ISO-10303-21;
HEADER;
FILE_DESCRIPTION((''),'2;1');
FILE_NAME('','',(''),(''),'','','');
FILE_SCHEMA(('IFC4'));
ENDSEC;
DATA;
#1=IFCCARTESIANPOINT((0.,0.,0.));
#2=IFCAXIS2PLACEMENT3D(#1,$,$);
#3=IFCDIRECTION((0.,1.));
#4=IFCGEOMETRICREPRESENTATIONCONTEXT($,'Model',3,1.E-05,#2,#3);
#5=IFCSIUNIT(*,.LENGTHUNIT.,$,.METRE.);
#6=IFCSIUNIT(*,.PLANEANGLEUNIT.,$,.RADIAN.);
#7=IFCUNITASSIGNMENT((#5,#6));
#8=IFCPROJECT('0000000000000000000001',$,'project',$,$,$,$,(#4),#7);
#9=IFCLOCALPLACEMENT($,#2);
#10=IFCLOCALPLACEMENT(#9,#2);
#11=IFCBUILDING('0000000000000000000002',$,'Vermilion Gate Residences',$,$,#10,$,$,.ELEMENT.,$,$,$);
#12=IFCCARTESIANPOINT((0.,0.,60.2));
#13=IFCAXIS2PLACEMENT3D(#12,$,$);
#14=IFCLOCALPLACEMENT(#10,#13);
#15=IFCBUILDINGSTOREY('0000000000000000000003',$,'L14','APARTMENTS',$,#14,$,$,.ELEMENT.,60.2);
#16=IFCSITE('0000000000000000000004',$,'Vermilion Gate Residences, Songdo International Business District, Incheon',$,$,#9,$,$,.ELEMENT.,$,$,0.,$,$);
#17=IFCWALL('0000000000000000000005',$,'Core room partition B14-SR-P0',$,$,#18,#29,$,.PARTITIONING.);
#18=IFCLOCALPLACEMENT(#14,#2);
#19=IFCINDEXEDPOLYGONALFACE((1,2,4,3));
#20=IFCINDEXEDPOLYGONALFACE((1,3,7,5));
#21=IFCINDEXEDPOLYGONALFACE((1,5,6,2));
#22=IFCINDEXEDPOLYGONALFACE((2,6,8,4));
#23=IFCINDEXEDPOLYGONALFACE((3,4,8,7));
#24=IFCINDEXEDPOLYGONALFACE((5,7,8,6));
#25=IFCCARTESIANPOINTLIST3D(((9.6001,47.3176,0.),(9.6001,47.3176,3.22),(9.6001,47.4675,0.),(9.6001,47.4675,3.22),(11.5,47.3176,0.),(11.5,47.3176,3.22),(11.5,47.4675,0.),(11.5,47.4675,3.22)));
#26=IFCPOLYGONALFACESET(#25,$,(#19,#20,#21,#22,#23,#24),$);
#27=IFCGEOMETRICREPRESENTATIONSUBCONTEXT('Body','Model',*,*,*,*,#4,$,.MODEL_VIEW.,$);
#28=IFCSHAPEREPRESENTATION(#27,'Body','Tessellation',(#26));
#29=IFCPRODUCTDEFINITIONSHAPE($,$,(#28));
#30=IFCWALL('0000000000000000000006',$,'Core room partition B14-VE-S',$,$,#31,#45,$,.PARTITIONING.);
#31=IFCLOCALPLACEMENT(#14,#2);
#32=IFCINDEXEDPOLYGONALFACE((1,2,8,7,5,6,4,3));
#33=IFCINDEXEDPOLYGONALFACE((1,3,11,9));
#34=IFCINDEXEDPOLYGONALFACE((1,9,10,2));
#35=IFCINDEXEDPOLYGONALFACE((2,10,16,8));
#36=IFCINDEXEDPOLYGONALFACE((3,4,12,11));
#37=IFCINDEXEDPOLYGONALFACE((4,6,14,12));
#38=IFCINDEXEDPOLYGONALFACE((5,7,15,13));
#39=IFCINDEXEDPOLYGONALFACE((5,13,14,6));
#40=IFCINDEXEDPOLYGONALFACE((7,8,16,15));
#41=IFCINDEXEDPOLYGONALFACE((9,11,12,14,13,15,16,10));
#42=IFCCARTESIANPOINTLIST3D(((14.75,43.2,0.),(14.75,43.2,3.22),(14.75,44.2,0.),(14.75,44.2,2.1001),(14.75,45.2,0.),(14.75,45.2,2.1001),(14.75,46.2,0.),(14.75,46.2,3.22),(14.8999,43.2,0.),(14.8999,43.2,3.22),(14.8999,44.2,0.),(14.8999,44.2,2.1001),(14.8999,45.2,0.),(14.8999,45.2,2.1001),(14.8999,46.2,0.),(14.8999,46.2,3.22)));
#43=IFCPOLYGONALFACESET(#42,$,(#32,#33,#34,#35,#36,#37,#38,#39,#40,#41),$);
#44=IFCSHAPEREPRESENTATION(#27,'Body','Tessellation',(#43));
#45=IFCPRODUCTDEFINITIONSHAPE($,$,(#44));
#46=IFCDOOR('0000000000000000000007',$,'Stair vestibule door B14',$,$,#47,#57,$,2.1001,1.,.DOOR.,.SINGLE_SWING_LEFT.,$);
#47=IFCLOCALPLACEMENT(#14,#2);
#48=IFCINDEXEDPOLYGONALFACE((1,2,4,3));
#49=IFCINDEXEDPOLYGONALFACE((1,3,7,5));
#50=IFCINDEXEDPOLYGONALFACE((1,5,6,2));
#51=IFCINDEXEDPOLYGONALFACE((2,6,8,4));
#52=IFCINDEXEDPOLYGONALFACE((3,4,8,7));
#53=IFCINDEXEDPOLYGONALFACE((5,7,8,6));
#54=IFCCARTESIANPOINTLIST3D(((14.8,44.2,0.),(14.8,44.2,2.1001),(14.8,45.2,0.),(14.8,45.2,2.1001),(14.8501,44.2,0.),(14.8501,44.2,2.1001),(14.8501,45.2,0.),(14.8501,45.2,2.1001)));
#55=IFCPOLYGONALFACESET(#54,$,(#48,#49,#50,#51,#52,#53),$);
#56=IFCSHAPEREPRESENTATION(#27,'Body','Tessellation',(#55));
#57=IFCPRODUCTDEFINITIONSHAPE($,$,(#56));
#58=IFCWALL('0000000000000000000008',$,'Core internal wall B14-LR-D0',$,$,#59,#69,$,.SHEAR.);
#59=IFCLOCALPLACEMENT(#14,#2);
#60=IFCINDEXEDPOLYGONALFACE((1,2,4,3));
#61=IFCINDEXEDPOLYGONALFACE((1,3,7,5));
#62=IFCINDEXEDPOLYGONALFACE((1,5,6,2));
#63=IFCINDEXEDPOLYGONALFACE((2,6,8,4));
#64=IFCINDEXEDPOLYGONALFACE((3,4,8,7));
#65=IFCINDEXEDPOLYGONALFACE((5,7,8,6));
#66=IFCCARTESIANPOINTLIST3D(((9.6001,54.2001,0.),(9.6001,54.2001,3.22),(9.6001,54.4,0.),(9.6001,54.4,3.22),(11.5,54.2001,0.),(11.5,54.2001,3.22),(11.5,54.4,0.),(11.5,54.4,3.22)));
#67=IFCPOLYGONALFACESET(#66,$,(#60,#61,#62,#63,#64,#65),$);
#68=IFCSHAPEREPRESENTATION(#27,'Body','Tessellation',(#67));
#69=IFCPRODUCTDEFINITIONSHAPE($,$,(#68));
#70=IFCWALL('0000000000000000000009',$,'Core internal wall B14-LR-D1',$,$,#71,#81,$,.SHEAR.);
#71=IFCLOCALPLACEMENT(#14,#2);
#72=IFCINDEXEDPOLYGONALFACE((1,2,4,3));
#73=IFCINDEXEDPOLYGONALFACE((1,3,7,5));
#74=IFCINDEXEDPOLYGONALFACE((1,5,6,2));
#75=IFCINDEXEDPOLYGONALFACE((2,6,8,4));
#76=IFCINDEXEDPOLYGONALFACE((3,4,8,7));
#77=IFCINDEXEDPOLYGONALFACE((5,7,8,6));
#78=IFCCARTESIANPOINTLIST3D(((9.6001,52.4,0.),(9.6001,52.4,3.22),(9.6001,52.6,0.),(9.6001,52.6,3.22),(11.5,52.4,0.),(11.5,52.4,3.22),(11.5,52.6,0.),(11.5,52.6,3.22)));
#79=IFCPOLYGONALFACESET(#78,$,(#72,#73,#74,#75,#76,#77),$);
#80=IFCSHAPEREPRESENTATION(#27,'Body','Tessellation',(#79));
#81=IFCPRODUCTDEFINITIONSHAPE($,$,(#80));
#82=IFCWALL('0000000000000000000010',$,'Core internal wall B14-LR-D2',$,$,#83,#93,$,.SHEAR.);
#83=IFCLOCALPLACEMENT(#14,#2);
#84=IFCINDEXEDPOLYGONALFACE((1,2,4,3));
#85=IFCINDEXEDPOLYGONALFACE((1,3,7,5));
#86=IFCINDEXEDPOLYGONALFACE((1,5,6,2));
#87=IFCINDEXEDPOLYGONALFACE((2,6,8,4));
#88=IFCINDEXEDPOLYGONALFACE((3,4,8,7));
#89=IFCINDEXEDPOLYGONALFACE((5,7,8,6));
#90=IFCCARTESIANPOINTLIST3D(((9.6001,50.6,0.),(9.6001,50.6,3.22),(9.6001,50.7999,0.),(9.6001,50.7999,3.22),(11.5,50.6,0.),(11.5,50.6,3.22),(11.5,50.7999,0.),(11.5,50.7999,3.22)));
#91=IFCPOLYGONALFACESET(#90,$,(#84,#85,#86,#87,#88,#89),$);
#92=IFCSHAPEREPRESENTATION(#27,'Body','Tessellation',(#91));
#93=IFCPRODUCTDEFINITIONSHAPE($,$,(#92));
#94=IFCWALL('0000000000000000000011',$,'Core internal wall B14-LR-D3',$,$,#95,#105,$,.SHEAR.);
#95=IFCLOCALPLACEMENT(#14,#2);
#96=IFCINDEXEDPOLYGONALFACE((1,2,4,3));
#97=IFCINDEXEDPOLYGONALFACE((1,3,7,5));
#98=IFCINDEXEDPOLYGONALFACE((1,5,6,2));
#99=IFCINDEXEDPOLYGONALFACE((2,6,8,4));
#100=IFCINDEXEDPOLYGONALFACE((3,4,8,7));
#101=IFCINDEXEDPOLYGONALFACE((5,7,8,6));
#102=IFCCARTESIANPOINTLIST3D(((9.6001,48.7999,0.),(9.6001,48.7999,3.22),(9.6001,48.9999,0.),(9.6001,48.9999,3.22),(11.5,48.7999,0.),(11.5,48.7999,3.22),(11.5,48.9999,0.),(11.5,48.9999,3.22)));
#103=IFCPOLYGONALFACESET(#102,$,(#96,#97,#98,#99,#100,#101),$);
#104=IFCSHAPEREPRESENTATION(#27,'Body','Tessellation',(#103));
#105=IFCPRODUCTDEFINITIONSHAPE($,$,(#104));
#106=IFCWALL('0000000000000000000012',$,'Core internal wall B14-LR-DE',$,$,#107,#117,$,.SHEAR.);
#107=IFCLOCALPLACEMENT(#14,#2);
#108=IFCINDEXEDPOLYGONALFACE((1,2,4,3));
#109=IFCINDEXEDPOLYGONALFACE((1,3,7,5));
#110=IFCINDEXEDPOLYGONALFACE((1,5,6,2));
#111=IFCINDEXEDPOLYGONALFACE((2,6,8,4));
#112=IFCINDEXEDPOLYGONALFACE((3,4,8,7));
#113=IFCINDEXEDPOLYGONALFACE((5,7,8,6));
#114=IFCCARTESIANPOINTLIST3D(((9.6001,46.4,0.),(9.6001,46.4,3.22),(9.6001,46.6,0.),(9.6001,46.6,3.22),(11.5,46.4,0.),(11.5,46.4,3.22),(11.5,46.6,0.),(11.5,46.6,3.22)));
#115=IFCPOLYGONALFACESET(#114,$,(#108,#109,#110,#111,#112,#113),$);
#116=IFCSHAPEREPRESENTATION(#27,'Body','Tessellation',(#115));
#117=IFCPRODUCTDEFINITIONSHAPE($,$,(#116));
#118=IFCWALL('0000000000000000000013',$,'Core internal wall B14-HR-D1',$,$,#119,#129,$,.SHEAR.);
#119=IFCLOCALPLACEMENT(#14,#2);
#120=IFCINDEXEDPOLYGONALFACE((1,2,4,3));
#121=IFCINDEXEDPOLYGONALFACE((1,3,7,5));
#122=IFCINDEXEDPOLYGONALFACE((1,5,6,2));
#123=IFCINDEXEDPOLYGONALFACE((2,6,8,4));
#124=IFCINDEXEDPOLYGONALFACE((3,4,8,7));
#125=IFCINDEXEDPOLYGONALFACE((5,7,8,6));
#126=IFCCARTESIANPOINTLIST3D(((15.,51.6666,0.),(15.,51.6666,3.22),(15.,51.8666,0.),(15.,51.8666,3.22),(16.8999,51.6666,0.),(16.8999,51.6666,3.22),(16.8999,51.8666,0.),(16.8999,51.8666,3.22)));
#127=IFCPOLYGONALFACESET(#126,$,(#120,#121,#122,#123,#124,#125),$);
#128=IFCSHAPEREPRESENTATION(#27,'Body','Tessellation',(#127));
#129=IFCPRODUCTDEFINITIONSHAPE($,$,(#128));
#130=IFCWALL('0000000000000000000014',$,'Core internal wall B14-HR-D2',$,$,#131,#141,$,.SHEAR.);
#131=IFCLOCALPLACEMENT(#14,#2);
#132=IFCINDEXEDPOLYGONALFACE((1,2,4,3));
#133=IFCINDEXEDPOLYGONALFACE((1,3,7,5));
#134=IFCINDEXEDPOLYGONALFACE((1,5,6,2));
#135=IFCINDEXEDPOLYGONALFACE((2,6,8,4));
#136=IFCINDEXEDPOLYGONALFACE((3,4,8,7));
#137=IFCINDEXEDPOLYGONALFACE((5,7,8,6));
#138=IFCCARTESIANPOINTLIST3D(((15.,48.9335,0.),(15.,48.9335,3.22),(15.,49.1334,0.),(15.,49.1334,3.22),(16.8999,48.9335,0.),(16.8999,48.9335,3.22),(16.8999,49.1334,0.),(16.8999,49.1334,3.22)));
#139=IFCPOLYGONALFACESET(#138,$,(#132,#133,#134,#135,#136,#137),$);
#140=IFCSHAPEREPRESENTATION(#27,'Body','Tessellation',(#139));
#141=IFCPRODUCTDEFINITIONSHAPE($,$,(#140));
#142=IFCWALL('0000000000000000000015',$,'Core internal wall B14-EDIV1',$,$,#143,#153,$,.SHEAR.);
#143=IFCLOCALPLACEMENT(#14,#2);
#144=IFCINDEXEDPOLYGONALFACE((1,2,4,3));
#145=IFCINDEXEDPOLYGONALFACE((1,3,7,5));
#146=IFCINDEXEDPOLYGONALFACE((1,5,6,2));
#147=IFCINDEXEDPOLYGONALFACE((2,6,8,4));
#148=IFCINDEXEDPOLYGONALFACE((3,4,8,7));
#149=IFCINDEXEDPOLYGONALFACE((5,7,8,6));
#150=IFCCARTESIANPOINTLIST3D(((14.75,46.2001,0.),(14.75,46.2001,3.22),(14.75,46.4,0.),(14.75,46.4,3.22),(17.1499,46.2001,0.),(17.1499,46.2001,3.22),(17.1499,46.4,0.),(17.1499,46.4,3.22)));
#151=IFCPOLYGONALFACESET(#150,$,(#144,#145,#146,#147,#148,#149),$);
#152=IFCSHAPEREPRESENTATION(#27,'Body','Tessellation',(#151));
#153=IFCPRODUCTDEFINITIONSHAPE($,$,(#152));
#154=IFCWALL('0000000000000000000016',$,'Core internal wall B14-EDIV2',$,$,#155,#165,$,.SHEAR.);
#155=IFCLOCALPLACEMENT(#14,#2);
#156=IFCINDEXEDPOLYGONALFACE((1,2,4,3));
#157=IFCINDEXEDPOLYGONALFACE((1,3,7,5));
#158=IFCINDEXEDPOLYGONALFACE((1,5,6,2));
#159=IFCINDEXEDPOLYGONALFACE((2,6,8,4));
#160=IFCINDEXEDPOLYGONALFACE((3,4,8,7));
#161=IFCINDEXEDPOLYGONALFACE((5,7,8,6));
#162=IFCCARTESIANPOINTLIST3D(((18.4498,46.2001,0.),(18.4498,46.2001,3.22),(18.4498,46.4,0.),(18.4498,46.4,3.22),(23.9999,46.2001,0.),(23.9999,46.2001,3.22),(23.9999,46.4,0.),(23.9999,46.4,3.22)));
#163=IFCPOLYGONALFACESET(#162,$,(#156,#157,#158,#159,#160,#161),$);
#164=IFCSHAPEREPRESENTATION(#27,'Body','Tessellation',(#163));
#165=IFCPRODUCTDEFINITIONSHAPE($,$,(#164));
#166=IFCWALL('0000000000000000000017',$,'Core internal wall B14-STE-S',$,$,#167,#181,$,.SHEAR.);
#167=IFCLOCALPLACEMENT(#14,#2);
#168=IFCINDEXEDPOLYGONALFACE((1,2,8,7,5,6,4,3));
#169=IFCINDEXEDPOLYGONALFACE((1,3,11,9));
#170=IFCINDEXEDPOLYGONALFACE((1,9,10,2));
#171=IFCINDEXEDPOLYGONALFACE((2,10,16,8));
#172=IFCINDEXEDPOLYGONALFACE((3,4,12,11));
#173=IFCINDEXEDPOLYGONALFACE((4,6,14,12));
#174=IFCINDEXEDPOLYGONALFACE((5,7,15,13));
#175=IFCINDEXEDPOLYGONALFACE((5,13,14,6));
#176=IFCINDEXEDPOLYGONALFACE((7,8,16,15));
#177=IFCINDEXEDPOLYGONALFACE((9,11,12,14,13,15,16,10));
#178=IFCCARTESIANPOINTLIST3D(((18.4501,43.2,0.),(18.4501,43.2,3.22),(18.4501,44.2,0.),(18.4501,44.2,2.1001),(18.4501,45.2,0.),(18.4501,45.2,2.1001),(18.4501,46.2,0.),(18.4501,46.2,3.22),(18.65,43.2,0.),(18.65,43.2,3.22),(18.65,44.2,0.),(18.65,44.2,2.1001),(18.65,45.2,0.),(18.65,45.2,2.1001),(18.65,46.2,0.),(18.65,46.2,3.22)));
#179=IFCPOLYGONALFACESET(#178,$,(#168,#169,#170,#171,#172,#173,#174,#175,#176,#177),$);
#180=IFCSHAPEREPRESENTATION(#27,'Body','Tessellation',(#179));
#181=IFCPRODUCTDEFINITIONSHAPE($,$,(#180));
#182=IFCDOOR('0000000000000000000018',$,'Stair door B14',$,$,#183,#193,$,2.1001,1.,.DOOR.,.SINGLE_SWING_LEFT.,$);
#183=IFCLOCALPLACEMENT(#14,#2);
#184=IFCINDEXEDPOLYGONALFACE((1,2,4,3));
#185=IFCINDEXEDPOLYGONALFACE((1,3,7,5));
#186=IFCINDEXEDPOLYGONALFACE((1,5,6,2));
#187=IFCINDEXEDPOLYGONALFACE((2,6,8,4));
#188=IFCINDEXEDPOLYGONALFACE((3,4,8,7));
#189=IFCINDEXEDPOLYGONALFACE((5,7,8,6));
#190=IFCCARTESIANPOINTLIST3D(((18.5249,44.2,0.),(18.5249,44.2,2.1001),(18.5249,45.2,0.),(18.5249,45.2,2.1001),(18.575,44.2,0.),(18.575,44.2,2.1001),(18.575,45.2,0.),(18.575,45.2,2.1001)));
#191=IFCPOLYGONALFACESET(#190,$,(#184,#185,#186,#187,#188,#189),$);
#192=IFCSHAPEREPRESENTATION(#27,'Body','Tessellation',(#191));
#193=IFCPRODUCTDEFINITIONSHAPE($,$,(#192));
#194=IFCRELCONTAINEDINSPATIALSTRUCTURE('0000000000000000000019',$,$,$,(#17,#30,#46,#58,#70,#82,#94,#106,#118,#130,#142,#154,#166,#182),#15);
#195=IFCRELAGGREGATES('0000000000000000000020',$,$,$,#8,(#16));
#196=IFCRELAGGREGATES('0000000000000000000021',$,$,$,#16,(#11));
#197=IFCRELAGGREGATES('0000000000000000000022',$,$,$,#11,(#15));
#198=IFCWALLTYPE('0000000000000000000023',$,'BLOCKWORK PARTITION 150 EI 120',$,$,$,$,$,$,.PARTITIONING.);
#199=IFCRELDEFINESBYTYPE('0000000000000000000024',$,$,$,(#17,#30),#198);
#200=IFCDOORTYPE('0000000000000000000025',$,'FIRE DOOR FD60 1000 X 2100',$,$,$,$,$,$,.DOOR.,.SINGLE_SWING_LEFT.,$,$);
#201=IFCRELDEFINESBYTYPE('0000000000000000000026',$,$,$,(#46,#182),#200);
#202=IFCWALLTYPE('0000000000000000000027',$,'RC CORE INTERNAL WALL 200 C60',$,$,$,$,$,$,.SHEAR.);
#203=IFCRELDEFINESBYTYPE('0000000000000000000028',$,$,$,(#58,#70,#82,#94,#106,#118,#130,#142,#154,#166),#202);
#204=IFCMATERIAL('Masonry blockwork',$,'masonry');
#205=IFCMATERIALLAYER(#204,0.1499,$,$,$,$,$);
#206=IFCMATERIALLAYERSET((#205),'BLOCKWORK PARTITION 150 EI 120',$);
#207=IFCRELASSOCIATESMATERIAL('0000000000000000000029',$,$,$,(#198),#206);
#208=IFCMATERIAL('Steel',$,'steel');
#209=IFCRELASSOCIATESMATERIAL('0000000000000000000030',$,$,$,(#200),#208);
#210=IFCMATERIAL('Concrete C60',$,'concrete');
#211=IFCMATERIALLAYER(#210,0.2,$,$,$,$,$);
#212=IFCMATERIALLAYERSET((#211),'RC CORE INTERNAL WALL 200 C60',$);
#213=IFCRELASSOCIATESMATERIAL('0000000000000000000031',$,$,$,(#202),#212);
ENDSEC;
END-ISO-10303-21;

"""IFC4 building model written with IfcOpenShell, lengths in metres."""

from ifc_helpers import new_model, si_unit, direction, frame, frame_2d, origin, place, context, subcontext, project, spatial, rectangle, extrude, material, layer, layer_set, type_object, element, fill, save


model = new_model("IFC4")

# Units and contexts
model_context = context("Model", 3, precision=1e-05, world=origin(), true_north=direction((0.0, 1.0)))
body_context = subcontext(model_context, "Body", "Model", "MODEL_VIEW")
ifc_project = project(units=[si_unit("LENGTHUNIT", "METRE"), si_unit("PLANEANGLEUNIT", "RADIAN")], contexts=[model_context])

# Site, building, storey
site_placement = place(None, origin())
site = spatial("IfcSite", under=ifc_project, at=site_placement, Name="Vermilion Gate Residences, Songdo International Business District, Incheon", CompositionType="ELEMENT", RefElevation=0.0)
building_placement = place(site_placement, origin())
building = spatial("IfcBuilding", under=site, at=building_placement, Name="Vermilion Gate Residences", CompositionType="ELEMENT")
storey_placement = place(building_placement, frame((0.0, 0.0, 60.2)))
storey = spatial("IfcBuildingStorey", under=building, at=storey_placement, Name="L14", Description="APARTMENTS", CompositionType="ELEMENT", Elevation=60.2)

# Wall
ifc_material_1 = material(Name="Masonry blockwork", Category="masonry")
ifc_layer_1 = layer(ifc_material_1, 0.1499)
ifc_layer_set_1 = layer_set([ifc_layer_1], Name="BLOCKWORK PARTITION 150 EI 120")
wall_type_1 = type_object("IfcWallType", Name="BLOCKWORK PARTITION 150 EI 120", PredefinedType="PARTITIONING", material=ifc_layer_set_1)
wall_1_placement = place(storey_placement, frame((9.6001, 47.3926, 0.0), z_axis=(0.0, 0.0, 1.0), x_axis=(1.0, 0.0, 0.0)))
element("IfcWall", 1, at=wall_1_placement, inside=storey, type_object=wall_type_1, Name="Core room partition B14-SR-P0", PredefinedType="PARTITIONING", context=body_context, shape_type="SweptSolid", body=[
    extrude(rectangle(XDim=1.8999, YDim=0.1499, at=frame_2d((0.95, 0.0))), origin(), (0.0, 0.0, 1.0), 3.22),
])

# Wall, opening, door
wall_2_placement = place(storey_placement, frame((14.825, 46.2, 0.0), z_axis=(0.0, 0.0, 1.0), x_axis=(0.0, -1.0, 0.0)))
wall_2 = element("IfcWall", 2, at=wall_2_placement, inside=storey, type_object=wall_type_1, Name="Core room partition B14-VE-S", PredefinedType="PARTITIONING", context=body_context, shape_type="SweptSolid", body=[
    extrude(rectangle(XDim=3.0, YDim=0.1499, at=frame_2d((1.5, 0.0))), origin(), (0.0, 0.0, 1.0), 3.22),
])
opening_1_placement = place(wall_2_placement, frame((1.0, 0.0, 0.0)))
opening_1 = element("IfcOpeningElement", 3, at=opening_1_placement, cuts=wall_2, PredefinedType="OPENING", context=body_context, shape_type="SweptSolid", body=[
    extrude(rectangle(XDim=1.0, YDim=2.1001, at=frame_2d((0.5, 1.05))), frame((0.0, 0.085, 0.0), z_axis=(0.0, -1.0, 0.0), x_axis=(1.0, 0.0, 0.0)), (0.0, 0.0, 1.0), 0.1699),
])
ifc_material_2 = material(Name="Steel", Category="steel")
door_type_1 = type_object("IfcDoorType", Name="FIRE DOOR FD60 1000 X 2100", OperationType="SINGLE_SWING_LEFT", PredefinedType="DOOR", material=ifc_material_2)
door_1_placement = place(opening_1_placement, frame((1.0, 0.0, 0.0), z_axis=(0.0, 0.0, 1.0), x_axis=(-1.0, 0.0, 0.0)))
door_1 = element("IfcDoor", 4, at=door_1_placement, inside=storey, type_object=door_type_1, Name="Stair vestibule door B14", OperationType="SINGLE_SWING_LEFT", OverallHeight=2.1001, OverallWidth=1.0, PredefinedType="DOOR", context=body_context, shape_type="SweptSolid", body=[
    extrude(rectangle(XDim=1.0, YDim=2.1001, at=frame_2d((0.5, 1.05))), frame((0.0, 0.0249, 0.0), z_axis=(0.0, -1.0, 0.0), x_axis=(1.0, 0.0, 0.0)), (0.0, 0.0, 1.0), 0.05),
])
fill(opening_1, door_1)

# Walls
ifc_material_3 = material(Name="Concrete C60", Category="concrete")
ifc_layer_2 = layer(ifc_material_3, 0.2)
ifc_layer_set_2 = layer_set([ifc_layer_2], Name="RC CORE INTERNAL WALL 200 C60")
wall_type_2 = type_object("IfcWallType", Name="RC CORE INTERNAL WALL 200 C60", PredefinedType="SHEAR", material=ifc_layer_set_2)
for number, where, z_axis, x_axis, name in (
    (5, (9.6001, 54.3, 0.0), (0.0, 0.0, 1.0), (1.0, 0.0, 0.0), "Core internal wall B14-LR-D0"),
    (6, (9.6001, 52.5, 0.0), (0.0, 0.0, 1.0), (1.0, 0.0, 0.0), "Core internal wall B14-LR-D1"),
    (7, (9.6001, 50.7, 0.0), (0.0, 0.0, 1.0), (1.0, 0.0, 0.0), "Core internal wall B14-LR-D2"),
    (8, (9.6001, 48.8999, 0.0), (0.0, 0.0, 1.0), (1.0, 0.0, 0.0), "Core internal wall B14-LR-D3"),
    (9, (9.6001, 46.5, 0.0), (0.0, 0.0, 1.0), (1.0, 0.0, 0.0), "Core internal wall B14-LR-DE"),
    (10, (15.0, 51.7666, 0.0), (0.0, 0.0, 1.0), (1.0, 0.0, 0.0), "Core internal wall B14-HR-D1"),
    (11, (15.0, 49.0334, 0.0), (0.0, 0.0, 1.0), (1.0, 0.0, 0.0), "Core internal wall B14-HR-D2"),
):
    element("IfcWall", number, at=place(storey_placement, frame(where, z_axis=z_axis, x_axis=x_axis)), inside=storey, type_object=wall_type_2, Name=name, PredefinedType="SHEAR", context=body_context, shape_type="SweptSolid", body=[
        extrude(rectangle(XDim=1.8999, YDim=0.2, at=frame_2d((0.95, 0.0))), origin(), (0.0, 0.0, 1.0), 3.22),
    ])
wall_3_placement = place(storey_placement, frame((14.75, 46.3, 0.0), z_axis=(0.0, 0.0, 1.0), x_axis=(1.0, 0.0, 0.0)))
element("IfcWall", 12, at=wall_3_placement, inside=storey, type_object=wall_type_2, Name="Core internal wall B14-EDIV1", PredefinedType="SHEAR", context=body_context, shape_type="SweptSolid", body=[
    extrude(rectangle(XDim=2.3999, YDim=0.2, at=frame_2d((1.2, 0.0))), origin(), (0.0, 0.0, 1.0), 3.22),
])
wall_4_placement = place(storey_placement, frame((18.45, 46.3, 0.0), z_axis=(0.0, 0.0, 1.0), x_axis=(1.0, 0.0, 0.0)))
element("IfcWall", 13, at=wall_4_placement, inside=storey, type_object=wall_type_2, Name="Core internal wall B14-EDIV2", PredefinedType="SHEAR", context=body_context, shape_type="SweptSolid", body=[
    extrude(rectangle(XDim=5.55, YDim=0.2, at=frame_2d((2.7749, 0.0))), origin(), (0.0, 0.0, 1.0), 3.22),
])

# Wall, opening, door
wall_5_placement = place(storey_placement, frame((18.55, 46.2, 0.0), z_axis=(0.0, 0.0, 1.0), x_axis=(0.0, -1.0, 0.0)))
wall_5 = element("IfcWall", 14, at=wall_5_placement, inside=storey, type_object=wall_type_2, Name="Core internal wall B14-STE-S", PredefinedType="SHEAR", context=body_context, shape_type="SweptSolid", body=[
    extrude(rectangle(XDim=3.0, YDim=0.2, at=frame_2d((1.5, 0.0))), origin(), (0.0, 0.0, 1.0), 3.22),
])
opening_2_placement = place(wall_5_placement, frame((1.0, 0.0, 0.0)))
opening_2 = element("IfcOpeningElement", 15, at=opening_2_placement, cuts=wall_5, PredefinedType="OPENING", context=body_context, shape_type="SweptSolid", body=[
    extrude(rectangle(XDim=1.0, YDim=2.1001, at=frame_2d((0.5, 1.05))), frame((0.0, 0.1099, 0.0), z_axis=(0.0, -1.0, 0.0), x_axis=(1.0, 0.0, 0.0)), (0.0, 0.0, 1.0), 0.22),
])
door_2_placement = place(opening_2_placement, origin())
door_2 = element("IfcDoor", 16, at=door_2_placement, inside=storey, type_object=door_type_1, Name="Stair door B14", OperationType="SINGLE_SWING_LEFT", OverallHeight=2.1001, OverallWidth=1.0, PredefinedType="DOOR", context=body_context, shape_type="SweptSolid", body=[
    extrude(rectangle(XDim=1.0, YDim=2.1001, at=frame_2d((0.5, 1.05))), frame((0.0, 0.0249, 0.0), z_axis=(0.0, -1.0, 0.0), x_axis=(1.0, 0.0, 0.0)), (0.0, 0.0, 1.0), 0.05),
])
fill(opening_2, door_2)

save(model, "model.ifc")
